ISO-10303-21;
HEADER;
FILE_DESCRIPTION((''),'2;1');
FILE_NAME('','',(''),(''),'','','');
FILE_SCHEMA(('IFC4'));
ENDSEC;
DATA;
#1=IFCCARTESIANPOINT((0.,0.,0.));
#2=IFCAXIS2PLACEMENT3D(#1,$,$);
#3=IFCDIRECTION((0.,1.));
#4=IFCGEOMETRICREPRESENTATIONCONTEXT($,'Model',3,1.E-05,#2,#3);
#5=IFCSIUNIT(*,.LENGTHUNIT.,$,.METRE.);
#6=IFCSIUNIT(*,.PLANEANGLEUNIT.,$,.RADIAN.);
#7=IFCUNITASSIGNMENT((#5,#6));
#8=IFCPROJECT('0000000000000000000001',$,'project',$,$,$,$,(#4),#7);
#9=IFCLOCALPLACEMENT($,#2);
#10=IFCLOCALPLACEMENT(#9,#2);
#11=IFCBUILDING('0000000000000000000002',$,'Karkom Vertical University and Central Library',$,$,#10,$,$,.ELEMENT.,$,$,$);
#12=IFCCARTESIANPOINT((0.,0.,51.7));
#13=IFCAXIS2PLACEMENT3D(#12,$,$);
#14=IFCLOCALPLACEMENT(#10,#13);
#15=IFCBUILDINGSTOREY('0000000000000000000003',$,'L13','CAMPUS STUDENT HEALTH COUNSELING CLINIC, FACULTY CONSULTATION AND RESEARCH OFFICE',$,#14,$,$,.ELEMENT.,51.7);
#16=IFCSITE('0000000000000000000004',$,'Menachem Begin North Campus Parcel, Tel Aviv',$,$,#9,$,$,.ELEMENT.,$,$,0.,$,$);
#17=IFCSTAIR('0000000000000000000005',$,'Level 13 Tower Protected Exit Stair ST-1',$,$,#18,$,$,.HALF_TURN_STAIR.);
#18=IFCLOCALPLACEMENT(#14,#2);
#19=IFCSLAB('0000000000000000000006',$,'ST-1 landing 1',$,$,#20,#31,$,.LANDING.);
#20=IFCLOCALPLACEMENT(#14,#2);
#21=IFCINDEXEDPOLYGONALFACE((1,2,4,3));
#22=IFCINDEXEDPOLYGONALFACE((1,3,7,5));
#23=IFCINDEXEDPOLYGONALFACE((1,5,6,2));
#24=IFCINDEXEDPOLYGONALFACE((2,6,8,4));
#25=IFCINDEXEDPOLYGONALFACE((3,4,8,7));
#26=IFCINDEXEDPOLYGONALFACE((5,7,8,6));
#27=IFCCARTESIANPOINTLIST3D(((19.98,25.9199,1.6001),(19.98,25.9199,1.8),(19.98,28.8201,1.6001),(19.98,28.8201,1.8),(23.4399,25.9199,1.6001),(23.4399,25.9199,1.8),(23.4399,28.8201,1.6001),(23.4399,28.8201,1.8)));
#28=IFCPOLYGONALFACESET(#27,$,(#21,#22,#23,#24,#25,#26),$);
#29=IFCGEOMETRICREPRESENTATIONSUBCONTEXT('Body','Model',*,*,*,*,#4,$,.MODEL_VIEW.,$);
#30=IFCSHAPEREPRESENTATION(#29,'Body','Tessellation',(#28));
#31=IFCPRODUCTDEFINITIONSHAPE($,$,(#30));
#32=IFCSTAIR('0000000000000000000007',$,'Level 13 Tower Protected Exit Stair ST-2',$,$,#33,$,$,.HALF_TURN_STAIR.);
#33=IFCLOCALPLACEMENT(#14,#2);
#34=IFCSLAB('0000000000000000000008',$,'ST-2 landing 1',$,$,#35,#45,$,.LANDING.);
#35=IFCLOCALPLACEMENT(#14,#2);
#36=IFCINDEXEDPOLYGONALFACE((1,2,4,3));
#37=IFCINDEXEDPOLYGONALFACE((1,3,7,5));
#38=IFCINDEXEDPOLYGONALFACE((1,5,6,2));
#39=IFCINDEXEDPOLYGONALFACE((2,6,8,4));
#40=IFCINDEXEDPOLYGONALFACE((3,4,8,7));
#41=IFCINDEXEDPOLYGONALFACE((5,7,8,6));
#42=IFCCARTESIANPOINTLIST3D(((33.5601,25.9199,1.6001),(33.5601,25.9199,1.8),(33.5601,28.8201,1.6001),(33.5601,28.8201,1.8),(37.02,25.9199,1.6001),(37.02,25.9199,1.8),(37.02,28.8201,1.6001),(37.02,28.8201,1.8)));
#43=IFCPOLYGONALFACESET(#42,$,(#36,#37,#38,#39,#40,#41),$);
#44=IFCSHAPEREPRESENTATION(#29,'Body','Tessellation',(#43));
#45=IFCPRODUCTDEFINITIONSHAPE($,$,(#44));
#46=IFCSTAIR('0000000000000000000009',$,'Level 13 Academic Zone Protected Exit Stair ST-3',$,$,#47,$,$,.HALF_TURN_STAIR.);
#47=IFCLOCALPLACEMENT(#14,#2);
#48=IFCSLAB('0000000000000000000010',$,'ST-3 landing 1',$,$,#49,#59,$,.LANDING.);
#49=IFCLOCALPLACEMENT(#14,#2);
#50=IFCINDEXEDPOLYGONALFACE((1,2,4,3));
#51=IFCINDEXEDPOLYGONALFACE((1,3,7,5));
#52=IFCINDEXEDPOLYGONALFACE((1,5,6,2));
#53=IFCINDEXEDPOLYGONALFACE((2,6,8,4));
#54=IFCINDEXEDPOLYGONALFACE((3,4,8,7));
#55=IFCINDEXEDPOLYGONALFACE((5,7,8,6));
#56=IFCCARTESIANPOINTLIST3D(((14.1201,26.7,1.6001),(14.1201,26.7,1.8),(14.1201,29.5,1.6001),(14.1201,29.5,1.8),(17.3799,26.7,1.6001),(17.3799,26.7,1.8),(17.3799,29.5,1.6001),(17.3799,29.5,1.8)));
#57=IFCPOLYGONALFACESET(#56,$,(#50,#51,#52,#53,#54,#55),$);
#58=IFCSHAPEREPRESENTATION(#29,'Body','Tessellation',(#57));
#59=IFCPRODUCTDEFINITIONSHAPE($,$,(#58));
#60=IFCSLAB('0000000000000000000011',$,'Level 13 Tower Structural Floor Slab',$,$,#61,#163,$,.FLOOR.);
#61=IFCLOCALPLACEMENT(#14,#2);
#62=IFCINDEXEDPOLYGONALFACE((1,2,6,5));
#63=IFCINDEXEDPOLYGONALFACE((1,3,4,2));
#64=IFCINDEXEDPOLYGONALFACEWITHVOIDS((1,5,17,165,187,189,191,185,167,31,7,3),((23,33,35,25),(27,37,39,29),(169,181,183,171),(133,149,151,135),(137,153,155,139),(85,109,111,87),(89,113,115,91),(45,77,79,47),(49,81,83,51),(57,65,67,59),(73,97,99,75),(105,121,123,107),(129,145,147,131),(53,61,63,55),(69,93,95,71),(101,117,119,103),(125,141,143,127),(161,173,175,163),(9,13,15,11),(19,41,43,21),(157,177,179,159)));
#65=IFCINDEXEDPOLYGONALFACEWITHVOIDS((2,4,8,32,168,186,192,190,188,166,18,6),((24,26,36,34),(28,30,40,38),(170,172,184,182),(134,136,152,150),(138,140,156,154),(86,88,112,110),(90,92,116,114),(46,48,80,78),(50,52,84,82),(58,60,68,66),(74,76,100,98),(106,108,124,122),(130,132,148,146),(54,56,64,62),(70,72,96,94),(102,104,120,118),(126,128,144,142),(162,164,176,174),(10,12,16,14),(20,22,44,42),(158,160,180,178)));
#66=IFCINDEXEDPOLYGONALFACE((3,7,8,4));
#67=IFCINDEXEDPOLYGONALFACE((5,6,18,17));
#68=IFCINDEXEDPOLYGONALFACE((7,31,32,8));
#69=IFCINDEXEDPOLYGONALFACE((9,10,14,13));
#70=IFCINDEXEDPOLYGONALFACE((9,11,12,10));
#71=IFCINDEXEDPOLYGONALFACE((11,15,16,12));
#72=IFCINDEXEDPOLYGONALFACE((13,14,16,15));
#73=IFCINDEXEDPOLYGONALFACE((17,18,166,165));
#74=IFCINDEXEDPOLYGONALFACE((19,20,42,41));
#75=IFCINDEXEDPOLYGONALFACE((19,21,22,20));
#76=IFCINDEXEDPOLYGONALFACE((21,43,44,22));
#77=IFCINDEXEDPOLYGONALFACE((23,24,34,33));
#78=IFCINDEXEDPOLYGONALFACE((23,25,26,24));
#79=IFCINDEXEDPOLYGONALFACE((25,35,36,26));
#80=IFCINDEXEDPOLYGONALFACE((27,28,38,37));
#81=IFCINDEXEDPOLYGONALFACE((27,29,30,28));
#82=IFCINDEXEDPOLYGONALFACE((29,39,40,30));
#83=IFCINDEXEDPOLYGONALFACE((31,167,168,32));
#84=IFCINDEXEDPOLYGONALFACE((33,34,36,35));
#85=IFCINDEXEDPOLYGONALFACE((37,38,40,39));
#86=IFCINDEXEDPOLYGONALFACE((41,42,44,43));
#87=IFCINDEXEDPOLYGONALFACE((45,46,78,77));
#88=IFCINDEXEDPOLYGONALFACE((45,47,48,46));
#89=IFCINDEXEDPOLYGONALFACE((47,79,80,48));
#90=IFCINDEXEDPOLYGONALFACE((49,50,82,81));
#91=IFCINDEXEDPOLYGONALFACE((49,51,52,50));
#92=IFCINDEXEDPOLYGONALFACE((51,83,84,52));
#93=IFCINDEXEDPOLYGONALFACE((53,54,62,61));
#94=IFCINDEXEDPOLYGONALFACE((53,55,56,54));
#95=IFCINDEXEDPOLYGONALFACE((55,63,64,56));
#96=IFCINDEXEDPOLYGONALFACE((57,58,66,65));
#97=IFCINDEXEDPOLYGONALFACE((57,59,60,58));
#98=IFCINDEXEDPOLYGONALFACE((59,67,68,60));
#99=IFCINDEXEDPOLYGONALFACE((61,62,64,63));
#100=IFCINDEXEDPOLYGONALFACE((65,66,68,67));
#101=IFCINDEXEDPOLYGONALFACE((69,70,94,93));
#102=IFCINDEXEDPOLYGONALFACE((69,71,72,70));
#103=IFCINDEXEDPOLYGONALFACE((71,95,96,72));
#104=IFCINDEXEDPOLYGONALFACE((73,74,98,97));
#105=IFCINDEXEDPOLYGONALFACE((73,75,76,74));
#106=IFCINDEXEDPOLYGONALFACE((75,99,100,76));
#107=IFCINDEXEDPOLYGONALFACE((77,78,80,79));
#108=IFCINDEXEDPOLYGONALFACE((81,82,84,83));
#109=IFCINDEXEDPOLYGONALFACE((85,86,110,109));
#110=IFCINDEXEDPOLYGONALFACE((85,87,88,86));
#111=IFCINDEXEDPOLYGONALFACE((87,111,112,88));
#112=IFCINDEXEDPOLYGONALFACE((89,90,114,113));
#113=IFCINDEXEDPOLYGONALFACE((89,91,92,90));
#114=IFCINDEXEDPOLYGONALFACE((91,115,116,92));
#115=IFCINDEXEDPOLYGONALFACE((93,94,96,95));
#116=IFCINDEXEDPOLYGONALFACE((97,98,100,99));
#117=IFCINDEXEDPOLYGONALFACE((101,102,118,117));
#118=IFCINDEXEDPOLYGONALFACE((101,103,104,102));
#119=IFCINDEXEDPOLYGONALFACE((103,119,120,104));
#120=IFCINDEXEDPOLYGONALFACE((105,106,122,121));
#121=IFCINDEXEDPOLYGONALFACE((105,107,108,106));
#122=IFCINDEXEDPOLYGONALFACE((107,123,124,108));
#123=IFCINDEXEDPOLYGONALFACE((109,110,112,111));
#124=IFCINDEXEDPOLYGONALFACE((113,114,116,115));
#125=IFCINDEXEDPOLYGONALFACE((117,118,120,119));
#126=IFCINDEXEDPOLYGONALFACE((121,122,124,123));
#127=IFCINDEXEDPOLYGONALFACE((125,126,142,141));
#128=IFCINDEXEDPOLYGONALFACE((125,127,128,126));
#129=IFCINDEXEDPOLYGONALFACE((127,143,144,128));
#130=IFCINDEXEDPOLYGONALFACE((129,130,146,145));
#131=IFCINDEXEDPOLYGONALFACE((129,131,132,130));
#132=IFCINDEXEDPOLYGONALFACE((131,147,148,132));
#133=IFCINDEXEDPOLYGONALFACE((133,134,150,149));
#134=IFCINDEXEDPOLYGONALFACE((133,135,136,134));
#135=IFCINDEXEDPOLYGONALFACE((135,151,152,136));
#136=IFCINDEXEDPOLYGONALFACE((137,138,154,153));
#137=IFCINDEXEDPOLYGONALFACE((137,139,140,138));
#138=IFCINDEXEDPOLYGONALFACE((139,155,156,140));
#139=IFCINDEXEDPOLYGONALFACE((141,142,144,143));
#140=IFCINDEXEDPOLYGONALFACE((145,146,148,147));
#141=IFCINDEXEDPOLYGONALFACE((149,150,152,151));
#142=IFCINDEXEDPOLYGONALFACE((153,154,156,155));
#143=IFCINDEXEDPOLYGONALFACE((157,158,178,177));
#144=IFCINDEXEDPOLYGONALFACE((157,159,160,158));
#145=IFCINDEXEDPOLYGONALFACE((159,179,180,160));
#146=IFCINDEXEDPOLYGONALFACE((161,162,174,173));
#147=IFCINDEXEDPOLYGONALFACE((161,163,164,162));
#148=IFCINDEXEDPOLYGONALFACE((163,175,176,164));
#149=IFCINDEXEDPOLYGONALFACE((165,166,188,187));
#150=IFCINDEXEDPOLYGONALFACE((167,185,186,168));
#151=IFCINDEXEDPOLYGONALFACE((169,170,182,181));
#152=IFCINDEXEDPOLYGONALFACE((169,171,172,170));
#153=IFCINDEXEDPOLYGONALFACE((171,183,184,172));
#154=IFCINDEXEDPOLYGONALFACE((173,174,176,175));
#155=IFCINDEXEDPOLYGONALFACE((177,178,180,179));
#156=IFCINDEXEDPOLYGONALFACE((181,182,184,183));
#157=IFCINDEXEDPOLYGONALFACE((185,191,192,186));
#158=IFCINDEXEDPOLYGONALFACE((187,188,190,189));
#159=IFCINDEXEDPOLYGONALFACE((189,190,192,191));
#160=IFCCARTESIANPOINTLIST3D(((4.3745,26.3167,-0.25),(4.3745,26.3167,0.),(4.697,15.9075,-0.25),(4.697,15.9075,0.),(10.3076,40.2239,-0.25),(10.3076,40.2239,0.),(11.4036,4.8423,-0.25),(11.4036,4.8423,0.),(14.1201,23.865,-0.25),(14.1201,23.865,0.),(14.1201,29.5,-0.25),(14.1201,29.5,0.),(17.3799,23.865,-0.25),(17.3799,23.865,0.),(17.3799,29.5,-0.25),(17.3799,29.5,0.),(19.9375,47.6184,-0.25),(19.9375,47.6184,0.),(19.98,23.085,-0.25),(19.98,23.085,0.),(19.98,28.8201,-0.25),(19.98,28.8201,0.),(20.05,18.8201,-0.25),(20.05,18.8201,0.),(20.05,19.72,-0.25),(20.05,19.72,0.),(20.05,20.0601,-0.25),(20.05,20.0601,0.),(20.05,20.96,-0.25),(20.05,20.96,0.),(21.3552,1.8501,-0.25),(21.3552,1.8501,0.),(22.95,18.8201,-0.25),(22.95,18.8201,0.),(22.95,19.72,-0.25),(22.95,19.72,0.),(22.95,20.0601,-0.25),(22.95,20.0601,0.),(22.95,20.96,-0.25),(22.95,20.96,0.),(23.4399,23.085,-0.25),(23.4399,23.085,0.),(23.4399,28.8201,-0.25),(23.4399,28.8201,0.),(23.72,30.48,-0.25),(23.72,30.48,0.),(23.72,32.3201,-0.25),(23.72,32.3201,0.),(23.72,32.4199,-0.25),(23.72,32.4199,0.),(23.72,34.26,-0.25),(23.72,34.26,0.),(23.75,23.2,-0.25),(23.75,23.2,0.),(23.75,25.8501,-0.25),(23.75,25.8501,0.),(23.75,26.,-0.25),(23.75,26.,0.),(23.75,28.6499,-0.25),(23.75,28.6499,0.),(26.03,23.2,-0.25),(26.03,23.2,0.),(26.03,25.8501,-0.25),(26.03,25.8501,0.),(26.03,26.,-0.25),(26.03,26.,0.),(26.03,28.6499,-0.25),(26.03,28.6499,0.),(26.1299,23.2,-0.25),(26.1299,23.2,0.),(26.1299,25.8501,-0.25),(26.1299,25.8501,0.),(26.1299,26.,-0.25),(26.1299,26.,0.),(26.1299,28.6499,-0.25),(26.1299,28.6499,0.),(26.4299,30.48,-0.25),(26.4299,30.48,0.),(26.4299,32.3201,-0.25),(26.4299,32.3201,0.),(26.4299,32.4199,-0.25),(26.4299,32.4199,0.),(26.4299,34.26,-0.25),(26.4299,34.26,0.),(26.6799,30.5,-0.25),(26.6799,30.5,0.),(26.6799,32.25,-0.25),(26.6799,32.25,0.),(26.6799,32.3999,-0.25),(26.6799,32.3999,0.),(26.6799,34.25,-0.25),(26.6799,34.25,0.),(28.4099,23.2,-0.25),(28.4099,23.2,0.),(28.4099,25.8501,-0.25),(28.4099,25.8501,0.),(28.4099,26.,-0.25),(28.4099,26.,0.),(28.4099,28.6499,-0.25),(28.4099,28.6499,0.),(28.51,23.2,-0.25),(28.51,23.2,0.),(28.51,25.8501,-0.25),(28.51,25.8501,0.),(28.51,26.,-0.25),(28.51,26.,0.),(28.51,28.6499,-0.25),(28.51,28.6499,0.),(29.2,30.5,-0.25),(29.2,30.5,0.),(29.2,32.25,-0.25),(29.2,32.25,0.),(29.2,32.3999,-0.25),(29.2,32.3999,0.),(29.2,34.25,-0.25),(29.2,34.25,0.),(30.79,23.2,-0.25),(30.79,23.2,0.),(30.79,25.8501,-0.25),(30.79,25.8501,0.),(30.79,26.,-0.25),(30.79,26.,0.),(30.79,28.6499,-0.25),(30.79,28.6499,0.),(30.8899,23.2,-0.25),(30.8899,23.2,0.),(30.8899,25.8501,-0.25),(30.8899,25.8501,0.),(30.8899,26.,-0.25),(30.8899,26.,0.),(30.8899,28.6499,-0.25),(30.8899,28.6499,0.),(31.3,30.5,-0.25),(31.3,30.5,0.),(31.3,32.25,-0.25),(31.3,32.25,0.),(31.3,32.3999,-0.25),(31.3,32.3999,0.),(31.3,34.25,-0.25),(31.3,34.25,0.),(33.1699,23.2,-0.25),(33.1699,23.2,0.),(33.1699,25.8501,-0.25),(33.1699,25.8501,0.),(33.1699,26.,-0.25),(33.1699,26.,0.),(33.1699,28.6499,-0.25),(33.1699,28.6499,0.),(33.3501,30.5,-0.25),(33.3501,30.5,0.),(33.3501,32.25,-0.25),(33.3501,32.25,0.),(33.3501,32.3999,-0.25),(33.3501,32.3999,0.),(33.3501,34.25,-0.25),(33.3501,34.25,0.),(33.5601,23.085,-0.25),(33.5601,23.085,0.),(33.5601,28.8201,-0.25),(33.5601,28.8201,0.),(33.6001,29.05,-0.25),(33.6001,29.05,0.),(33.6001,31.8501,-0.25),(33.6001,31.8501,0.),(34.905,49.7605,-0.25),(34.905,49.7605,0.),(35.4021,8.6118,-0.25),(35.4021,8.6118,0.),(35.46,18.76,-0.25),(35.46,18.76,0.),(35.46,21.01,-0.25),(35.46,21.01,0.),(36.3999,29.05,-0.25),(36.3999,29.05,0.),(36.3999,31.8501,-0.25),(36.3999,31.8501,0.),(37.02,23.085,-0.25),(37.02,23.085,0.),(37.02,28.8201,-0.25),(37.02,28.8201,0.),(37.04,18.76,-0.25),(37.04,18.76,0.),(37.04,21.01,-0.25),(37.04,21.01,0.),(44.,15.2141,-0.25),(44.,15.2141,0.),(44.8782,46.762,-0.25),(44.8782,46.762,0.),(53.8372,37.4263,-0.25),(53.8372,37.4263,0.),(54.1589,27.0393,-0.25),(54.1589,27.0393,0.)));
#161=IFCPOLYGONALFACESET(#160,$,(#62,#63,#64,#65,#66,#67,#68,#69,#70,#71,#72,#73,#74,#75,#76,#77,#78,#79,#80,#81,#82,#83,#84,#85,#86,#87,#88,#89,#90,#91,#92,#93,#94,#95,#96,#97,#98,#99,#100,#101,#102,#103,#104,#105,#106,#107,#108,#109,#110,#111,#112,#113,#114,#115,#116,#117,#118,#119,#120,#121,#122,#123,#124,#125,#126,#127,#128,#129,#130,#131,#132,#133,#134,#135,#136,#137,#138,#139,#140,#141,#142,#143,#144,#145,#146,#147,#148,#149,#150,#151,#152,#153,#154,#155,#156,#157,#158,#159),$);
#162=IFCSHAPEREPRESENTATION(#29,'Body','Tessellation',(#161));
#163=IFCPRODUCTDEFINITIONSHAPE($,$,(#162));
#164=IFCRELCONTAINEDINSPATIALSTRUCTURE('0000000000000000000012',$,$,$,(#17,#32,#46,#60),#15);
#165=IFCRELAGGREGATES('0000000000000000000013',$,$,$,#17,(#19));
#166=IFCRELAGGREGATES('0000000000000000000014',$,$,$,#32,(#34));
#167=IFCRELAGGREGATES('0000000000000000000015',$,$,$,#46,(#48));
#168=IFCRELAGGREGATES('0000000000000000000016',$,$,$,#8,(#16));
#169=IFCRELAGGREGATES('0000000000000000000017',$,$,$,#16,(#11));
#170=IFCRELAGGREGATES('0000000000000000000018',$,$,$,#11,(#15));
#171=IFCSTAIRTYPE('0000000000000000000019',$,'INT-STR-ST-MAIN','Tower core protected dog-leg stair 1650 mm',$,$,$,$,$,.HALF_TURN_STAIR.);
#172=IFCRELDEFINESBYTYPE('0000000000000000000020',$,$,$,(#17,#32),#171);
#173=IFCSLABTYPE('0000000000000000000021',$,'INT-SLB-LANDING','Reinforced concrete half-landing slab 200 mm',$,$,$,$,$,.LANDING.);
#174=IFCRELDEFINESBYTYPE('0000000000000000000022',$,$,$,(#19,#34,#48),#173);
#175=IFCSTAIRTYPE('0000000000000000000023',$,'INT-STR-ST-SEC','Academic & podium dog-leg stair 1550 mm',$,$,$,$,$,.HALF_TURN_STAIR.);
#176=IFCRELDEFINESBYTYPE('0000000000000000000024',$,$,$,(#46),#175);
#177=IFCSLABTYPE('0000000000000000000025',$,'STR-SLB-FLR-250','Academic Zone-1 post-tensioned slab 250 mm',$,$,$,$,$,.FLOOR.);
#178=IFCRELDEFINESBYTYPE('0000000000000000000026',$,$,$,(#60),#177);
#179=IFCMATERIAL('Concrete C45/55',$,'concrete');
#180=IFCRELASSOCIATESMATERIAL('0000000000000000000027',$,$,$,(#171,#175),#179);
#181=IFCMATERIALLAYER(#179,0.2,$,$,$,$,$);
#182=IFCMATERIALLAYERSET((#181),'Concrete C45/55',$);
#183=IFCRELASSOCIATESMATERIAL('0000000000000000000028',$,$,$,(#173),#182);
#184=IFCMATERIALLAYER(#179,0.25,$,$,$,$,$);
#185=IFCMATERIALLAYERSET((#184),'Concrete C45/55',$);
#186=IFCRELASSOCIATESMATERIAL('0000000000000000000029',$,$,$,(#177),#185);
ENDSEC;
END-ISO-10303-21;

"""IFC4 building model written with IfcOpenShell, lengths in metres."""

from ifc_helpers import new_model, si_unit, direction, frame, origin, place, context, subcontext, project, spatial, polyline, outline, extrude, material, layer, layer_set, type_object, element, aggregate, save


model = new_model("IFC4")

# Units and contexts
model_context = context("Model", 3, precision=1e-05, world=origin(), true_north=direction((0.0, 1.0)))
body_context = subcontext(model_context, "Body", "Model", "MODEL_VIEW")
ifc_project = project(units=[si_unit("LENGTHUNIT", "METRE"), si_unit("PLANEANGLEUNIT", "RADIAN")], contexts=[model_context])

# Site, building, storey
site_placement = place(None, origin())
site = spatial("IfcSite", under=ifc_project, at=site_placement, Name="Menachem Begin North Campus Parcel, Tel Aviv", CompositionType="ELEMENT", RefElevation=0.0)
building_placement = place(site_placement, origin())
building = spatial("IfcBuilding", under=site, at=building_placement, Name="Karkom Vertical University and Central Library", CompositionType="ELEMENT")
storey_placement = place(building_placement, frame((0.0, 0.0, 51.7)))
storey = spatial("IfcBuildingStorey", under=building, at=storey_placement, Name="L13", Description="CAMPUS STUDENT HEALTH COUNSELING CLINIC, FACULTY CONSULTATION AND RESEARCH OFFICE", CompositionType="ELEMENT", Elevation=51.7)

# Stairs, slabs
ifc_material_1 = material(Name="Concrete C45/55", Category="concrete")
stair_type_1 = type_object("IfcStairType", Name="INT-STR-ST-MAIN", Description="Tower core protected dog-leg stair 1650 mm", PredefinedType="HALF_TURN_STAIR", material=ifc_material_1)
stair_1_placement = place(storey_placement, origin())
stair_1 = element("IfcStair", 1, at=stair_1_placement, inside=storey, type_object=stair_type_1, Name="Level 13 Tower Protected Exit Stair ST-1", PredefinedType="HALF_TURN_STAIR")
ifc_layer_1 = layer(ifc_material_1, 0.2)
ifc_layer_set_1 = layer_set([ifc_layer_1], Name="Concrete C45/55")
slab_type_1 = type_object("IfcSlabType", Name="INT-SLB-LANDING", Description="Reinforced concrete half-landing slab 200 mm", PredefinedType="LANDING", material=ifc_layer_set_1)
slab_1_placement = place(storey_placement, frame((0.0, 0.0, 1.6001)))
slab_1 = element("IfcSlab", 2, at=slab_1_placement, type_object=slab_type_1, Name="ST-1 landing 1", PredefinedType="LANDING", context=body_context, shape_type="SweptSolid", body=[
    extrude(outline(polyline([(23.4399, 25.9199), (23.4399, 28.8201), (19.98, 28.8201), (19.98, 25.9199), (23.4399, 25.9199)])), origin(), (0.0, 0.0, 1.0), 0.2),
])
aggregate(stair_1, [slab_1])
stair_2_placement = place(storey_placement, origin())
stair_2 = element("IfcStair", 3, at=stair_2_placement, inside=storey, type_object=stair_type_1, Name="Level 13 Tower Protected Exit Stair ST-2", PredefinedType="HALF_TURN_STAIR")
slab_2_placement = place(storey_placement, frame((0.0, 0.0, 1.6001)))
slab_2 = element("IfcSlab", 4, at=slab_2_placement, type_object=slab_type_1, Name="ST-2 landing 1", PredefinedType="LANDING", context=body_context, shape_type="SweptSolid", body=[
    extrude(outline(polyline([(37.02, 25.9199), (37.02, 28.8201), (33.5601, 28.8201), (33.5601, 25.9199), (37.02, 25.9199)])), origin(), (0.0, 0.0, 1.0), 0.2),
])
aggregate(stair_2, [slab_2])
stair_type_2 = type_object("IfcStairType", Name="INT-STR-ST-SEC", Description="Academic & podium dog-leg stair 1550 mm", PredefinedType="HALF_TURN_STAIR", material=ifc_material_1)
stair_3_placement = place(storey_placement, origin())
stair_3 = element("IfcStair", 5, at=stair_3_placement, inside=storey, type_object=stair_type_2, Name="Level 13 Academic Zone Protected Exit Stair ST-3", PredefinedType="HALF_TURN_STAIR")
slab_3_placement = place(storey_placement, frame((0.0, 0.0, 1.6001)))
slab_3 = element("IfcSlab", 6, at=slab_3_placement, type_object=slab_type_1, Name="ST-3 landing 1", PredefinedType="LANDING", context=body_context, shape_type="SweptSolid", body=[
    extrude(outline(polyline([(17.3799, 26.7), (17.3799, 29.5), (14.1201, 29.5), (14.1201, 26.7), (17.3799, 26.7)])), origin(), (0.0, 0.0, 1.0), 0.2),
])
aggregate(stair_3, [slab_3])

# Slab
ifc_layer_2 = layer(ifc_material_1, 0.25)
ifc_layer_set_2 = layer_set([ifc_layer_2], Name="Concrete C45/55")
slab_type_2 = type_object("IfcSlabType", Name="STR-SLB-FLR-250", Description="Academic Zone-1 post-tensioned slab 250 mm", PredefinedType="FLOOR", material=ifc_layer_set_2)
slab_4_placement = place(storey_placement, frame((0.0, 0.0, -0.25)))
element("IfcSlab", 7, at=slab_4_placement, inside=storey, type_object=slab_type_2, Name="Level 13 Tower Structural Floor Slab", PredefinedType="FLOOR", context=body_context, shape_type="SweptSolid", body=[
    extrude(outline(polyline([(19.9375, 47.6184), (10.3076, 40.2239), (4.3745, 26.3167), (4.697, 15.9075), (11.4036, 4.8423), (21.3552, 1.8501), (35.4021, 8.6118), (44.0, 15.2141), (54.1589, 27.0393), (53.8372, 37.4263), (44.8782, 46.762), (34.905, 49.7605), (19.9375, 47.6184)]), holes=[polyline([(19.98, 23.085), (23.4399, 23.085), (23.4399, 28.8201), (19.98, 28.8201), (19.98, 23.085)]), polyline([(33.5601, 23.085), (37.02, 23.085), (37.02, 28.8201), (33.5601, 28.8201), (33.5601, 23.085)]), polyline([(14.1201, 23.865), (17.3799, 23.865), (17.3799, 29.5), (14.1201, 29.5), (14.1201, 23.865)]), polyline([(23.75, 23.2), (26.03, 23.2), (26.03, 25.8501), (23.75, 25.8501), (23.75, 23.2)]), polyline([(26.1299, 23.2), (28.4099, 23.2), (28.4099, 25.8501), (26.1299, 25.8501), (26.1299, 23.2)]), polyline([(28.51, 23.2), (30.79, 23.2), (30.79, 25.8501), (28.51, 25.8501), (28.51, 23.2)]), polyline([(30.8899, 23.2), (33.1699, 23.2), (33.1699, 25.8501), (30.8899, 25.8501), (30.8899, 23.2)]), polyline([(23.75, 26.0), (26.03, 26.0), (26.03, 28.6499), (23.75, 28.6499), (23.75, 26.0)]), polyline([(26.1299, 26.0), (28.4099, 26.0), (28.4099, 28.6499), (26.1299, 28.6499), (26.1299, 26.0)]), polyline([(28.51, 26.0), (30.79, 26.0), (30.79, 28.6499), (28.51, 28.6499), (28.51, 26.0)]), polyline([(30.8899, 26.0), (33.1699, 26.0), (33.1699, 28.6499), (30.8899, 28.6499), (30.8899, 26.0)]), polyline([(26.6799, 30.5), (29.2, 30.5), (29.2, 32.25), (26.6799, 32.25), (26.6799, 30.5)]), polyline([(26.6799, 32.3999), (29.2, 32.3999), (29.2, 34.25), (26.6799, 34.25), (26.6799, 32.3999)]), polyline([(31.3, 30.5), (33.3501, 30.5), (33.3501, 32.25), (31.3, 32.25), (31.3, 30.5)]), polyline([(31.3, 32.3999), (33.3501, 32.3999), (33.3501, 34.25), (31.3, 34.25), (31.3, 32.3999)]), polyline([(23.72, 30.48), (26.4299, 30.48), (26.4299, 32.3201), (23.72, 32.3201), (23.72, 30.48)]), polyline([(23.72, 32.4199), (26.4299, 32.4199), (26.4299, 34.26), (23.72, 34.26), (23.72, 32.4199)]), polyline([(33.6001, 29.05), (36.3999, 29.05), (36.3999, 31.8501), (33.6001, 31.8501), (33.6001, 29.05)]), polyline([(20.05, 18.8201), (22.95, 18.8201), (22.95, 19.72), (20.05, 19.72), (20.05, 18.8201)]), polyline([(20.05, 20.0601), (22.95, 20.0601), (22.95, 20.96), (20.05, 20.96), (20.05, 20.0601)]), polyline([(35.46, 18.76), (37.04, 18.76), (37.04, 21.01), (35.46, 21.01), (35.46, 18.76)])]), origin(), (0.0, 0.0, 1.0), 0.25),
])

save(model, "model.ifc")
